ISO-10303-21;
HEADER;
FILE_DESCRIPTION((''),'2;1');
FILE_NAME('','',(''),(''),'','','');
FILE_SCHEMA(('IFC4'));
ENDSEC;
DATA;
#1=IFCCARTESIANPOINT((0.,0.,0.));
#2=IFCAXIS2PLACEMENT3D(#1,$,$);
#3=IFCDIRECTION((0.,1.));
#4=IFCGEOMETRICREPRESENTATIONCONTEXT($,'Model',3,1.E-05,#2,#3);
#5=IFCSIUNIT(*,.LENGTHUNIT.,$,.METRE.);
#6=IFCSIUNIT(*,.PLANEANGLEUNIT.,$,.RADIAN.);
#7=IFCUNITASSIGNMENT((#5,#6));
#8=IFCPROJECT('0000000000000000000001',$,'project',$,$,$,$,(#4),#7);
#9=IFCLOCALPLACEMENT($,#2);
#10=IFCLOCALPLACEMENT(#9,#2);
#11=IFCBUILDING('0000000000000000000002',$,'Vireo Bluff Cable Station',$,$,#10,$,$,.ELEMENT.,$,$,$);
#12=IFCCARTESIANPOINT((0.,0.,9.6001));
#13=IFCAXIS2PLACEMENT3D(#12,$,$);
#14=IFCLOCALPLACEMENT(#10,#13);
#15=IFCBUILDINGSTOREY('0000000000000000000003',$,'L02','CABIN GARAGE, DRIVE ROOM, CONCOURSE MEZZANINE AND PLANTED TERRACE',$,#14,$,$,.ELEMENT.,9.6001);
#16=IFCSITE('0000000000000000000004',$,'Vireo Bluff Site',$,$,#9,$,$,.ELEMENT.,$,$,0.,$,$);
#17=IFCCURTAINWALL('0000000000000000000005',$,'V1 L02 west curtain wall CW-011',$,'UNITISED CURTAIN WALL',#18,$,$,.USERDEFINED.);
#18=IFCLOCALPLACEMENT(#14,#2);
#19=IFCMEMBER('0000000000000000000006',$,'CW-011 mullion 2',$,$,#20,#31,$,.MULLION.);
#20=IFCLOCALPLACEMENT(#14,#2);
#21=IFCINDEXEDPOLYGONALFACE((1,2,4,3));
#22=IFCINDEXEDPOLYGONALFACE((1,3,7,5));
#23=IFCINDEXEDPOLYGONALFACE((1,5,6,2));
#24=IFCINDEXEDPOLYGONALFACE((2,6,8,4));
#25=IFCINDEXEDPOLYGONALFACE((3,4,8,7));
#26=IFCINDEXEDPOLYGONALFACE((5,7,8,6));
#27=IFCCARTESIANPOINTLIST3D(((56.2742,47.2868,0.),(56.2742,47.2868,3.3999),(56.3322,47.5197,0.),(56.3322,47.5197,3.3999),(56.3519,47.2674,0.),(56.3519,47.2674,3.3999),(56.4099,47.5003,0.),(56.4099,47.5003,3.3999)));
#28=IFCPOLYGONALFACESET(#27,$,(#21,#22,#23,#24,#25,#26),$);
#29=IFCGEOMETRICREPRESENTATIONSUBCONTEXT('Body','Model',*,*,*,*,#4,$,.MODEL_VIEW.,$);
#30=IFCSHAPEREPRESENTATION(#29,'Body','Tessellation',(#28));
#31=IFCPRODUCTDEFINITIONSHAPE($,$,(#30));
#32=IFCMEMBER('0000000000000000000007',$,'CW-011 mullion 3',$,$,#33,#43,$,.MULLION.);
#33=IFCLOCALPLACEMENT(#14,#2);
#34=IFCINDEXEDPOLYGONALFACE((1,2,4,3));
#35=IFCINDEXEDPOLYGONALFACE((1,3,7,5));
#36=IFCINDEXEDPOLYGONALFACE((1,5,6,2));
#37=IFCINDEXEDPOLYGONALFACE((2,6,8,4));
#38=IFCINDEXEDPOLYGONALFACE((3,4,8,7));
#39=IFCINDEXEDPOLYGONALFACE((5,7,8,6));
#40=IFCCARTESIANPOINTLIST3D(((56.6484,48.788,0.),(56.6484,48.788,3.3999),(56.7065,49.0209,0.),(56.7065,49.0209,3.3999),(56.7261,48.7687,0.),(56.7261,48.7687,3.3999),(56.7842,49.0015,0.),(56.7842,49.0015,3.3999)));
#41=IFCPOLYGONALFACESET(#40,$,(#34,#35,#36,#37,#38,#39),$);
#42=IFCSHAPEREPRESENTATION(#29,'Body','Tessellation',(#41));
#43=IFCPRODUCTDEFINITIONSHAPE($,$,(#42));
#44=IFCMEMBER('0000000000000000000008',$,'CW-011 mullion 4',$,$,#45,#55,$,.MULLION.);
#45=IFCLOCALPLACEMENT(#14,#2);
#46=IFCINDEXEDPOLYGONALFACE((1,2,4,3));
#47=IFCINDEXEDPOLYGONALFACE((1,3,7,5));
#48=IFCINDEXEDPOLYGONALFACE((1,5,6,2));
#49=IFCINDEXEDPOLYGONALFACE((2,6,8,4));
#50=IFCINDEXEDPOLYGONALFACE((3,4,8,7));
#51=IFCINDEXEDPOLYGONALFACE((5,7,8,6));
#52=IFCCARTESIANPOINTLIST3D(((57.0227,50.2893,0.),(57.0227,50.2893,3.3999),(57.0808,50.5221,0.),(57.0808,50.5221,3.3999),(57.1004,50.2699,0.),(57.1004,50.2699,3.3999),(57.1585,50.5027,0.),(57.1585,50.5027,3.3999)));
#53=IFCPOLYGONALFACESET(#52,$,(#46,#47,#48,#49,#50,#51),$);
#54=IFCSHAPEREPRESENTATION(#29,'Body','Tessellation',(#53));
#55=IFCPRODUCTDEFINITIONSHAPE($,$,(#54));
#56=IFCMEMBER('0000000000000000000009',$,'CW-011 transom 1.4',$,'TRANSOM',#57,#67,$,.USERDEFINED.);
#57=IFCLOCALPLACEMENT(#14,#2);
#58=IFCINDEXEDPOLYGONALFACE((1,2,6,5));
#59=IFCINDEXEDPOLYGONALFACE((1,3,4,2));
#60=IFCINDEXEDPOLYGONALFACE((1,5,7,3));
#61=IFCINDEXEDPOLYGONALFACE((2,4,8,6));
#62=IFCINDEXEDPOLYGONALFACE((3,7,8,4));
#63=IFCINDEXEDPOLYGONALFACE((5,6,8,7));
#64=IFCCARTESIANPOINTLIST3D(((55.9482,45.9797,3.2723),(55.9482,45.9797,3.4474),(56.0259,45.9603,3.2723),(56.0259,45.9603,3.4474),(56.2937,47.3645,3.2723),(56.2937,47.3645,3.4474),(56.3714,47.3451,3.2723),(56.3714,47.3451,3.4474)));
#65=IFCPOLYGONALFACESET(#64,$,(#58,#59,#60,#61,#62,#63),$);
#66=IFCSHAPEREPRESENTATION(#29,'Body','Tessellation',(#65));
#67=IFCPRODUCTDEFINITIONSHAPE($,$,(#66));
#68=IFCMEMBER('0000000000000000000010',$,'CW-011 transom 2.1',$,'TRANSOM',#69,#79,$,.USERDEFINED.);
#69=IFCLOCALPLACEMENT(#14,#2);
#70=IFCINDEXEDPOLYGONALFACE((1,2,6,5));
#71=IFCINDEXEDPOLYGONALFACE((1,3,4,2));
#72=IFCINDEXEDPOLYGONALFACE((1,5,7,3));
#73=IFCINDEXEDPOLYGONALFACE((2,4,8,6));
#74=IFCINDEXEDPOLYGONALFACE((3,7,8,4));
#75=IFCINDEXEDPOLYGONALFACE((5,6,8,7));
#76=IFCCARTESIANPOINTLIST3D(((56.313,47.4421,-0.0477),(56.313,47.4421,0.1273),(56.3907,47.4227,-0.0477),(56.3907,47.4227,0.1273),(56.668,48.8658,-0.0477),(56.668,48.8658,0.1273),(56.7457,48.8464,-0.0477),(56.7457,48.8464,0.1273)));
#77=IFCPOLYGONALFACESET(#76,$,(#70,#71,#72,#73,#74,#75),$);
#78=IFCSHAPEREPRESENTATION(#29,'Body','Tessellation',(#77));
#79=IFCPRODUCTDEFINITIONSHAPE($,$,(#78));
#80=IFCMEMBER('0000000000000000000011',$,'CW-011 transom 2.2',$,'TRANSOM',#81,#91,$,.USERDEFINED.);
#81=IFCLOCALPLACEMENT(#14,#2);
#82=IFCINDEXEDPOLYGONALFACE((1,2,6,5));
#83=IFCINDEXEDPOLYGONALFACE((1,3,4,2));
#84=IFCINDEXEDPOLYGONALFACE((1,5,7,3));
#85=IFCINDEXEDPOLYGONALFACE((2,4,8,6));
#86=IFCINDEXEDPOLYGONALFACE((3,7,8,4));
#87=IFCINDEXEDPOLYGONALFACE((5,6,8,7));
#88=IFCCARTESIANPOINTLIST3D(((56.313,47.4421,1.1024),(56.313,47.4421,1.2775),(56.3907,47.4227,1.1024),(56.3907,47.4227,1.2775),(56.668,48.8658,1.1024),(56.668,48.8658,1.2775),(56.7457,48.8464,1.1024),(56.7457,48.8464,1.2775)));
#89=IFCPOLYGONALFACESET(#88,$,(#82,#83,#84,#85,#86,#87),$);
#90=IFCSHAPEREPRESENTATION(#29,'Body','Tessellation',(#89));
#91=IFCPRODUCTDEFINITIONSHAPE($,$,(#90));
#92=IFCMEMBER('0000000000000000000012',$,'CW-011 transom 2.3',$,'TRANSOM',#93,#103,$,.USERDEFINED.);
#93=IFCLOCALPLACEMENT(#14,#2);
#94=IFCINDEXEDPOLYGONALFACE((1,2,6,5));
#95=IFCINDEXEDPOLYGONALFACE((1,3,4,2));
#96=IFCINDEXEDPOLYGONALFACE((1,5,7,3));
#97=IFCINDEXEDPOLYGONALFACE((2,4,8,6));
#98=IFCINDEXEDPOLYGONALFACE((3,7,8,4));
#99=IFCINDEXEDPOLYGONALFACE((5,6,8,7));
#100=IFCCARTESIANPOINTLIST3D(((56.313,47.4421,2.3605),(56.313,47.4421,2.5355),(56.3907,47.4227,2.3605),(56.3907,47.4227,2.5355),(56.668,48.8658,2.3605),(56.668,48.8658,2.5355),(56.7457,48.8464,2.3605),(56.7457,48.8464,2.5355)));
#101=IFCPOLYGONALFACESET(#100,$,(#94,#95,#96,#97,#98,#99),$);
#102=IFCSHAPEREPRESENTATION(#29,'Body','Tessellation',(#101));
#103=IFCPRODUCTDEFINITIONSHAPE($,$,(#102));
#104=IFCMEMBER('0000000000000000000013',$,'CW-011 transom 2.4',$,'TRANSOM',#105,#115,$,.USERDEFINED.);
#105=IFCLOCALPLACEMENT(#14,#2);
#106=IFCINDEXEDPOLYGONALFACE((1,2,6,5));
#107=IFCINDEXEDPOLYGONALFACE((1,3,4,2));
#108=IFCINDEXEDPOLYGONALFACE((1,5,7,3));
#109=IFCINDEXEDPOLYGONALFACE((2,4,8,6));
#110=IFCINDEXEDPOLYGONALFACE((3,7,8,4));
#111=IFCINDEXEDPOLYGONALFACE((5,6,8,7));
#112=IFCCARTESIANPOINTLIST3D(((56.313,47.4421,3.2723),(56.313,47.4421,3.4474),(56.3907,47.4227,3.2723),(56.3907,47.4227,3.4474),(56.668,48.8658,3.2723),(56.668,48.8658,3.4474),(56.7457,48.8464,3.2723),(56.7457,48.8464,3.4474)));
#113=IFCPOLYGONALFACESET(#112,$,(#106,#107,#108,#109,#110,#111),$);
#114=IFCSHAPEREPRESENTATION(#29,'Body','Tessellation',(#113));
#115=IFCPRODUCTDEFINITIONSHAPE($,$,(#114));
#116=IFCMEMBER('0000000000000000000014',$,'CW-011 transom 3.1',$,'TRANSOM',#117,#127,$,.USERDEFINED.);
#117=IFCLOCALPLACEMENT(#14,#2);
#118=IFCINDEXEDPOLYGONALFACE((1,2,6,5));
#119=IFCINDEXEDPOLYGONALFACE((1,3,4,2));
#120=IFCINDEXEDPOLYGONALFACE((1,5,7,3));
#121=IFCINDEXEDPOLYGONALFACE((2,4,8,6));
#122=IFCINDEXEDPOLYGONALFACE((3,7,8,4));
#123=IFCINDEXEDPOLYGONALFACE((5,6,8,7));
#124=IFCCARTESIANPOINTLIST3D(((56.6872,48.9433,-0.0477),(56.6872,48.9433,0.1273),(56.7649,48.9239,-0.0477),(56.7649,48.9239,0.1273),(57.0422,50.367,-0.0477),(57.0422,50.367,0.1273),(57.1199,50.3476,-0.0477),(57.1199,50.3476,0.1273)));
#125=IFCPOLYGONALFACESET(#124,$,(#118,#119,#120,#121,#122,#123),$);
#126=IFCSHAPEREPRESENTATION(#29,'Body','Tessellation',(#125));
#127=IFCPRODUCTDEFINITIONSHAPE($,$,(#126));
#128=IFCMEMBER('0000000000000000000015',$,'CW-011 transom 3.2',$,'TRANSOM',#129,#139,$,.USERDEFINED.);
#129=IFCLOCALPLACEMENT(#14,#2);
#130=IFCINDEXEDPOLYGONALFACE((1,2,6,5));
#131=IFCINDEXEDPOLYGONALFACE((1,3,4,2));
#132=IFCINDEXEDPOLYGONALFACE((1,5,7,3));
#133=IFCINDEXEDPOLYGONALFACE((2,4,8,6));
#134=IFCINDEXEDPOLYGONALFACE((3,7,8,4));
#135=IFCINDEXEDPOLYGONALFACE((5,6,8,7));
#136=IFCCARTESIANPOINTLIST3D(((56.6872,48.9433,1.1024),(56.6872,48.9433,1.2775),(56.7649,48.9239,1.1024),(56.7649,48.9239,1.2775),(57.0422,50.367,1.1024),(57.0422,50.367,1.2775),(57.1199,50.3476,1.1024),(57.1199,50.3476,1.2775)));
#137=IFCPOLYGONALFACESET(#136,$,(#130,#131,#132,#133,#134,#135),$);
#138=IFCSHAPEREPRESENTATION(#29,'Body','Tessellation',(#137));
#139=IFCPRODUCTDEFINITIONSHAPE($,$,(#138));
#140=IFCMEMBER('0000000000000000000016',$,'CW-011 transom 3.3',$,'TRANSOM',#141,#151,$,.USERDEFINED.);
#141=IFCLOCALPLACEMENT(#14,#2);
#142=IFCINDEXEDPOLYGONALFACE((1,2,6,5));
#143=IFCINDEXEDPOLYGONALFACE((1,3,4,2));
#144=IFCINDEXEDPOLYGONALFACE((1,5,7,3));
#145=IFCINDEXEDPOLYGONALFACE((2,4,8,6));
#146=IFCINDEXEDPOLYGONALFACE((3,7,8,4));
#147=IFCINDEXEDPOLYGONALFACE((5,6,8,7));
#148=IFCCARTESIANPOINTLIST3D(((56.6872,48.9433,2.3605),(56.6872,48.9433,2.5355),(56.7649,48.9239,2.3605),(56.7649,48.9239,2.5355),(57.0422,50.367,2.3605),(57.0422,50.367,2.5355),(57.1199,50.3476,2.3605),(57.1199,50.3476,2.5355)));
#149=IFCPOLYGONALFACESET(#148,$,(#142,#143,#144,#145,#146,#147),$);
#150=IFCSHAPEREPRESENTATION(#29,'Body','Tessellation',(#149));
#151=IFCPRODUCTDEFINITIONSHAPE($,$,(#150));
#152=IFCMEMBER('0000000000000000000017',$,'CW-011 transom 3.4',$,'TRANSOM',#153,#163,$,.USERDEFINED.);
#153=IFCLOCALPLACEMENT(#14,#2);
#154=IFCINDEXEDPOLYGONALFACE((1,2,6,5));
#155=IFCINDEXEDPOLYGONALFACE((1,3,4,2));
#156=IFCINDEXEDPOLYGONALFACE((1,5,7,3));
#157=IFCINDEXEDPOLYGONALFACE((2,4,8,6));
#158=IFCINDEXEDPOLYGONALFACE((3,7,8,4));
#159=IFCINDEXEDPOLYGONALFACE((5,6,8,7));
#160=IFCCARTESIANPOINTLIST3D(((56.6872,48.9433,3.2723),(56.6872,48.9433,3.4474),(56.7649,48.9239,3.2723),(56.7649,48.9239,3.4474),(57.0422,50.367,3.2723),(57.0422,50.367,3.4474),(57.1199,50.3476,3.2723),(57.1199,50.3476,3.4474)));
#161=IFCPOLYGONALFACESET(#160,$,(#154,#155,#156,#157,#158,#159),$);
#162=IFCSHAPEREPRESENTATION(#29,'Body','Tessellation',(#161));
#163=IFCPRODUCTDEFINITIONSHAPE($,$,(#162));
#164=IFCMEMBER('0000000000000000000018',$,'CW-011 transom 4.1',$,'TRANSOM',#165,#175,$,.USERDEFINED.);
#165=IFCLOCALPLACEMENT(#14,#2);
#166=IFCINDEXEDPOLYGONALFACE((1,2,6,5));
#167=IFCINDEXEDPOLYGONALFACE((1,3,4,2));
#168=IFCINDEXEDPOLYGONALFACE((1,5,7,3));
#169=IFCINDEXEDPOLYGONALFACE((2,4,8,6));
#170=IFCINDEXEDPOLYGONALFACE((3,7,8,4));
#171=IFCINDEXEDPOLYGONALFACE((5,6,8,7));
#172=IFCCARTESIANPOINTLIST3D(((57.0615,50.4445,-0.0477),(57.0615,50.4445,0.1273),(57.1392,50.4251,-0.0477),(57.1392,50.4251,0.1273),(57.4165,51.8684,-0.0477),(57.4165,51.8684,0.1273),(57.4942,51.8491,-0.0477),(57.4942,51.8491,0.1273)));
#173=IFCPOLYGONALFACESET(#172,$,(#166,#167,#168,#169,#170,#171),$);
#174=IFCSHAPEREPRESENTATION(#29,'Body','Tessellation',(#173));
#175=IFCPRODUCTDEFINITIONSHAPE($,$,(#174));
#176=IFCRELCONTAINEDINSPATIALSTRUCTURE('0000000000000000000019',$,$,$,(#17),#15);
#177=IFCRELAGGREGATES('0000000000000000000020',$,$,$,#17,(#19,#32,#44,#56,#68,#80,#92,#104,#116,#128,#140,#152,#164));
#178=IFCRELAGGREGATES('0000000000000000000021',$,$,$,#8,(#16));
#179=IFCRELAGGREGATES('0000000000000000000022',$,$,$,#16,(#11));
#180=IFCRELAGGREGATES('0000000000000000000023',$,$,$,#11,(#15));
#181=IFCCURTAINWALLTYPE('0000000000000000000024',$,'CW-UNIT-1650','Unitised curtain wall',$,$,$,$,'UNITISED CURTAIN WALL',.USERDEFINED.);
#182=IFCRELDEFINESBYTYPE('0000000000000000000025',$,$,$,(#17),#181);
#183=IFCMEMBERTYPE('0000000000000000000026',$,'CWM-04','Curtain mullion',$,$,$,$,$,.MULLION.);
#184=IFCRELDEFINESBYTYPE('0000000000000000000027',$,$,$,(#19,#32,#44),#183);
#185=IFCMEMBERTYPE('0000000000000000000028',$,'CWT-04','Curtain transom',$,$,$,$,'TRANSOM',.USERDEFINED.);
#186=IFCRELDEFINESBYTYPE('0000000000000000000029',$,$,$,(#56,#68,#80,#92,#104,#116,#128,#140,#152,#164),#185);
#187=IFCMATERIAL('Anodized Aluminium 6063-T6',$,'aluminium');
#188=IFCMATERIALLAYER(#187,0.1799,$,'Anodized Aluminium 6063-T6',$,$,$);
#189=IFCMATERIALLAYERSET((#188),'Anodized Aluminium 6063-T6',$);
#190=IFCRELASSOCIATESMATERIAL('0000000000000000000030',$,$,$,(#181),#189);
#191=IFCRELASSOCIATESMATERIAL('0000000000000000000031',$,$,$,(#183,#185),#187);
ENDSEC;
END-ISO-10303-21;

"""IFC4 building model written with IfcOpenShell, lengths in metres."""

from ifc_helpers import new_model, si_unit, direction, frame, origin, origin_2d, place, context, subcontext, project, spatial, rectangle, extrude, material, layer, layer_set, material_profile, profile_set, type_object, element, aggregate, save


model = new_model("IFC4")

# Units and contexts
model_context = context("Model", 3, precision=1e-05, world=origin(), true_north=direction((0.0, 1.0)))
body_context = subcontext(model_context, "Body", "Model", "MODEL_VIEW")
ifc_project = project(units=[si_unit("LENGTHUNIT", "METRE"), si_unit("PLANEANGLEUNIT", "RADIAN")], contexts=[model_context])

# Site, building, storey
site_placement = place(None, origin())
site = spatial("IfcSite", under=ifc_project, at=site_placement, Name="Vireo Bluff Site", CompositionType="ELEMENT", RefElevation=0.0)
building_placement = place(site_placement, origin())
building = spatial("IfcBuilding", under=site, at=building_placement, Name="Vireo Bluff Cable Station", CompositionType="ELEMENT")
storey_placement = place(building_placement, frame((0.0, 0.0, 9.6001)))
storey = spatial("IfcBuildingStorey", under=building, at=storey_placement, Name="L02", Description="CABIN GARAGE, DRIVE ROOM, CONCOURSE MEZZANINE AND PLANTED TERRACE", CompositionType="ELEMENT", Elevation=9.6001)

# Curtain wall, members
ifc_material_1 = material(Name="Anodized Aluminium 6063-T6", Category="aluminium")
ifc_layer_1 = layer(ifc_material_1, 0.1799, Name="Anodized Aluminium 6063-T6")
ifc_layer_set_1 = layer_set([ifc_layer_1], Name="Anodized Aluminium 6063-T6")
curtain_wall_type = type_object("IfcCurtainWallType", Name="CW-UNIT-1650", Description="Unitised curtain wall", ElementType="UNITISED CURTAIN WALL", PredefinedType="USERDEFINED", material=ifc_layer_set_1)
curtain_wall_placement = place(storey_placement, origin())
curtain_wall = element("IfcCurtainWall", 1, at=curtain_wall_placement, inside=storey, type_object=curtain_wall_type, Name="V1 L02 west curtain wall CW-011", ObjectType="UNITISED CURTAIN WALL", PredefinedType="USERDEFINED")
ifc_material_profile_1 = material_profile(ifc_material_1, rectangle(XDim=0.0801, YDim=0.24, at=origin_2d()), Name="ALU-M-80X240")
ifc_profile_set_1 = profile_set([ifc_material_profile_1], Name="Anodized Aluminium 6063-T6")
member_type_1 = type_object("IfcMemberType", Name="CWM-04", Description="Curtain mullion", PredefinedType="MULLION", material=ifc_profile_set_1)
member_1_placement = place(storey_placement, frame((56.342, 47.3936, 0.0), z_axis=(0.0, 0.0, 1.0), x_axis=(-0.970296, 0.241922, 0.0)))
member_1 = element("IfcMember", 2, at=member_1_placement, type_object=member_type_1, Name="CW-011 mullion 2", PredefinedType="MULLION", context=body_context, shape_type="SweptSolid", body=[
    extrude(rectangle(XDim=0.0801, YDim=0.24, at=origin_2d()), origin(), (0.0, 0.0, 1.0), 3.3999),
])
member_2_placement = place(storey_placement, frame((56.7163, 48.8948, 0.0), z_axis=(0.0, 0.0, 1.0), x_axis=(-0.970296, 0.241922, 0.0)))
member_2 = element("IfcMember", 3, at=member_2_placement, type_object=member_type_1, Name="CW-011 mullion 3", PredefinedType="MULLION", context=body_context, shape_type="SweptSolid", body=[
    extrude(rectangle(XDim=0.0801, YDim=0.24, at=origin_2d()), origin(), (0.0, 0.0, 1.0), 3.3999),
])
member_3_placement = place(storey_placement, frame((57.0906, 50.396, 0.0), z_axis=(0.0, 0.0, 1.0), x_axis=(-0.970296, 0.241922, 0.0)))
member_3 = element("IfcMember", 4, at=member_3_placement, type_object=member_type_1, Name="CW-011 mullion 4", PredefinedType="MULLION", context=body_context, shape_type="SweptSolid", body=[
    extrude(rectangle(XDim=0.0801, YDim=0.24, at=origin_2d()), origin(), (0.0, 0.0, 1.0), 3.3999),
])
ifc_material_profile_2 = material_profile(ifc_material_1, rectangle(XDim=0.0801, YDim=0.175, at=origin_2d()), Name="ALU-T-80X175")
ifc_profile_set_2 = profile_set([ifc_material_profile_2], Name="Anodized Aluminium 6063-T6")
member_type_2 = type_object("IfcMemberType", Name="CWT-04", Description="Curtain transom", ElementType="TRANSOM", PredefinedType="USERDEFINED", material=ifc_profile_set_2)
member_4_placement = place(storey_placement, frame((55.9871, 45.97, 3.3599), z_axis=(0.242053, 0.970263, 0.0), x_axis=(-0.970263, 0.242053, 0.0)))
member_4 = element("IfcMember", 5, at=member_4_placement, type_object=member_type_2, Name="CW-011 transom 1.4", ObjectType="TRANSOM", PredefinedType="USERDEFINED", context=body_context, shape_type="SweptSolid", body=[
    extrude(rectangle(XDim=0.0801, YDim=0.175, at=origin_2d()), origin(), (0.0, 0.0, 1.0), 1.4272),
])
member_5_placement = place(storey_placement, frame((56.3518, 47.4324, 0.0398), z_axis=(0.241948, 0.970289, 0.0), x_axis=(-0.970289, 0.241948, 0.0)))
member_5 = element("IfcMember", 6, at=member_5_placement, type_object=member_type_2, Name="CW-011 transom 2.1", ObjectType="TRANSOM", PredefinedType="USERDEFINED", context=body_context, shape_type="SweptSolid", body=[
    extrude(rectangle(XDim=0.0801, YDim=0.175, at=origin_2d()), origin(), (0.0, 0.0, 1.0), 1.4673),
])
member_6_placement = place(storey_placement, frame((56.3518, 47.4324, 1.1899), z_axis=(0.241948, 0.970289, 0.0), x_axis=(-0.970289, 0.241948, 0.0)))
member_6 = element("IfcMember", 7, at=member_6_placement, type_object=member_type_2, Name="CW-011 transom 2.2", ObjectType="TRANSOM", PredefinedType="USERDEFINED", context=body_context, shape_type="SweptSolid", body=[
    extrude(rectangle(XDim=0.0801, YDim=0.175, at=origin_2d()), origin(), (0.0, 0.0, 1.0), 1.4673),
])
member_7_placement = place(storey_placement, frame((56.3518, 47.4324, 2.448), z_axis=(0.241948, 0.970289, 0.0), x_axis=(-0.970289, 0.241948, 0.0)))
member_7 = element("IfcMember", 8, at=member_7_placement, type_object=member_type_2, Name="CW-011 transom 2.3", ObjectType="TRANSOM", PredefinedType="USERDEFINED", context=body_context, shape_type="SweptSolid", body=[
    extrude(rectangle(XDim=0.0801, YDim=0.175, at=origin_2d()), origin(), (0.0, 0.0, 1.0), 1.4673),
])
member_8_placement = place(storey_placement, frame((56.3518, 47.4324, 3.3599), z_axis=(0.241948, 0.970289, 0.0), x_axis=(-0.970289, 0.241948, 0.0)))
member_8 = element("IfcMember", 9, at=member_8_placement, type_object=member_type_2, Name="CW-011 transom 2.4", ObjectType="TRANSOM", PredefinedType="USERDEFINED", context=body_context, shape_type="SweptSolid", body=[
    extrude(rectangle(XDim=0.0801, YDim=0.175, at=origin_2d()), origin(), (0.0, 0.0, 1.0), 1.4673),
])
member_9_placement = place(storey_placement, frame((56.7261, 48.9336, 0.0398), z_axis=(0.241948, 0.970289, 0.0), x_axis=(-0.970289, 0.241948, 0.0)))
member_9 = element("IfcMember", 10, at=member_9_placement, type_object=member_type_2, Name="CW-011 transom 3.1", ObjectType="TRANSOM", PredefinedType="USERDEFINED", context=body_context, shape_type="SweptSolid", body=[
    extrude(rectangle(XDim=0.0801, YDim=0.175, at=origin_2d()), origin(), (0.0, 0.0, 1.0), 1.4673),
])
member_10_placement = place(storey_placement, frame((56.7261, 48.9336, 1.1899), z_axis=(0.241948, 0.970289, 0.0), x_axis=(-0.970289, 0.241948, 0.0)))
member_10 = element("IfcMember", 11, at=member_10_placement, type_object=member_type_2, Name="CW-011 transom 3.2", ObjectType="TRANSOM", PredefinedType="USERDEFINED", context=body_context, shape_type="SweptSolid", body=[
    extrude(rectangle(XDim=0.0801, YDim=0.175, at=origin_2d()), origin(), (0.0, 0.0, 1.0), 1.4673),
])
member_11_placement = place(storey_placement, frame((56.7261, 48.9336, 2.448), z_axis=(0.241948, 0.970289, 0.0), x_axis=(-0.970289, 0.241948, 0.0)))
member_11 = element("IfcMember", 12, at=member_11_placement, type_object=member_type_2, Name="CW-011 transom 3.3", ObjectType="TRANSOM", PredefinedType="USERDEFINED", context=body_context, shape_type="SweptSolid", body=[
    extrude(rectangle(XDim=0.0801, YDim=0.175, at=origin_2d()), origin(), (0.0, 0.0, 1.0), 1.4673),
])
member_12_placement = place(storey_placement, frame((56.7261, 48.9336, 3.3599), z_axis=(0.241948, 0.970289, 0.0), x_axis=(-0.970289, 0.241948, 0.0)))
member_12 = element("IfcMember", 13, at=member_12_placement, type_object=member_type_2, Name="CW-011 transom 3.4", ObjectType="TRANSOM", PredefinedType="USERDEFINED", context=body_context, shape_type="SweptSolid", body=[
    extrude(rectangle(XDim=0.0801, YDim=0.175, at=origin_2d()), origin(), (0.0, 0.0, 1.0), 1.4673),
])
member_13_placement = place(storey_placement, frame((57.1003, 50.4348, 0.0398), z_axis=(0.241909, 0.970299, 0.0), x_axis=(-0.970299, 0.241909, 0.0)))
member_13 = element("IfcMember", 14, at=member_13_placement, type_object=member_type_2, Name="CW-011 transom 4.1", ObjectType="TRANSOM", PredefinedType="USERDEFINED", context=body_context, shape_type="SweptSolid", body=[
    extrude(rectangle(XDim=0.0801, YDim=0.175, at=origin_2d()), origin(), (0.0, 0.0, 1.0), 1.4675),
])

aggregate(curtain_wall, [member_1, member_2, member_3, member_4, member_5, member_6, member_7, member_8, member_9, member_10, member_11, member_12, member_13])

save(model, "model.ifc")
